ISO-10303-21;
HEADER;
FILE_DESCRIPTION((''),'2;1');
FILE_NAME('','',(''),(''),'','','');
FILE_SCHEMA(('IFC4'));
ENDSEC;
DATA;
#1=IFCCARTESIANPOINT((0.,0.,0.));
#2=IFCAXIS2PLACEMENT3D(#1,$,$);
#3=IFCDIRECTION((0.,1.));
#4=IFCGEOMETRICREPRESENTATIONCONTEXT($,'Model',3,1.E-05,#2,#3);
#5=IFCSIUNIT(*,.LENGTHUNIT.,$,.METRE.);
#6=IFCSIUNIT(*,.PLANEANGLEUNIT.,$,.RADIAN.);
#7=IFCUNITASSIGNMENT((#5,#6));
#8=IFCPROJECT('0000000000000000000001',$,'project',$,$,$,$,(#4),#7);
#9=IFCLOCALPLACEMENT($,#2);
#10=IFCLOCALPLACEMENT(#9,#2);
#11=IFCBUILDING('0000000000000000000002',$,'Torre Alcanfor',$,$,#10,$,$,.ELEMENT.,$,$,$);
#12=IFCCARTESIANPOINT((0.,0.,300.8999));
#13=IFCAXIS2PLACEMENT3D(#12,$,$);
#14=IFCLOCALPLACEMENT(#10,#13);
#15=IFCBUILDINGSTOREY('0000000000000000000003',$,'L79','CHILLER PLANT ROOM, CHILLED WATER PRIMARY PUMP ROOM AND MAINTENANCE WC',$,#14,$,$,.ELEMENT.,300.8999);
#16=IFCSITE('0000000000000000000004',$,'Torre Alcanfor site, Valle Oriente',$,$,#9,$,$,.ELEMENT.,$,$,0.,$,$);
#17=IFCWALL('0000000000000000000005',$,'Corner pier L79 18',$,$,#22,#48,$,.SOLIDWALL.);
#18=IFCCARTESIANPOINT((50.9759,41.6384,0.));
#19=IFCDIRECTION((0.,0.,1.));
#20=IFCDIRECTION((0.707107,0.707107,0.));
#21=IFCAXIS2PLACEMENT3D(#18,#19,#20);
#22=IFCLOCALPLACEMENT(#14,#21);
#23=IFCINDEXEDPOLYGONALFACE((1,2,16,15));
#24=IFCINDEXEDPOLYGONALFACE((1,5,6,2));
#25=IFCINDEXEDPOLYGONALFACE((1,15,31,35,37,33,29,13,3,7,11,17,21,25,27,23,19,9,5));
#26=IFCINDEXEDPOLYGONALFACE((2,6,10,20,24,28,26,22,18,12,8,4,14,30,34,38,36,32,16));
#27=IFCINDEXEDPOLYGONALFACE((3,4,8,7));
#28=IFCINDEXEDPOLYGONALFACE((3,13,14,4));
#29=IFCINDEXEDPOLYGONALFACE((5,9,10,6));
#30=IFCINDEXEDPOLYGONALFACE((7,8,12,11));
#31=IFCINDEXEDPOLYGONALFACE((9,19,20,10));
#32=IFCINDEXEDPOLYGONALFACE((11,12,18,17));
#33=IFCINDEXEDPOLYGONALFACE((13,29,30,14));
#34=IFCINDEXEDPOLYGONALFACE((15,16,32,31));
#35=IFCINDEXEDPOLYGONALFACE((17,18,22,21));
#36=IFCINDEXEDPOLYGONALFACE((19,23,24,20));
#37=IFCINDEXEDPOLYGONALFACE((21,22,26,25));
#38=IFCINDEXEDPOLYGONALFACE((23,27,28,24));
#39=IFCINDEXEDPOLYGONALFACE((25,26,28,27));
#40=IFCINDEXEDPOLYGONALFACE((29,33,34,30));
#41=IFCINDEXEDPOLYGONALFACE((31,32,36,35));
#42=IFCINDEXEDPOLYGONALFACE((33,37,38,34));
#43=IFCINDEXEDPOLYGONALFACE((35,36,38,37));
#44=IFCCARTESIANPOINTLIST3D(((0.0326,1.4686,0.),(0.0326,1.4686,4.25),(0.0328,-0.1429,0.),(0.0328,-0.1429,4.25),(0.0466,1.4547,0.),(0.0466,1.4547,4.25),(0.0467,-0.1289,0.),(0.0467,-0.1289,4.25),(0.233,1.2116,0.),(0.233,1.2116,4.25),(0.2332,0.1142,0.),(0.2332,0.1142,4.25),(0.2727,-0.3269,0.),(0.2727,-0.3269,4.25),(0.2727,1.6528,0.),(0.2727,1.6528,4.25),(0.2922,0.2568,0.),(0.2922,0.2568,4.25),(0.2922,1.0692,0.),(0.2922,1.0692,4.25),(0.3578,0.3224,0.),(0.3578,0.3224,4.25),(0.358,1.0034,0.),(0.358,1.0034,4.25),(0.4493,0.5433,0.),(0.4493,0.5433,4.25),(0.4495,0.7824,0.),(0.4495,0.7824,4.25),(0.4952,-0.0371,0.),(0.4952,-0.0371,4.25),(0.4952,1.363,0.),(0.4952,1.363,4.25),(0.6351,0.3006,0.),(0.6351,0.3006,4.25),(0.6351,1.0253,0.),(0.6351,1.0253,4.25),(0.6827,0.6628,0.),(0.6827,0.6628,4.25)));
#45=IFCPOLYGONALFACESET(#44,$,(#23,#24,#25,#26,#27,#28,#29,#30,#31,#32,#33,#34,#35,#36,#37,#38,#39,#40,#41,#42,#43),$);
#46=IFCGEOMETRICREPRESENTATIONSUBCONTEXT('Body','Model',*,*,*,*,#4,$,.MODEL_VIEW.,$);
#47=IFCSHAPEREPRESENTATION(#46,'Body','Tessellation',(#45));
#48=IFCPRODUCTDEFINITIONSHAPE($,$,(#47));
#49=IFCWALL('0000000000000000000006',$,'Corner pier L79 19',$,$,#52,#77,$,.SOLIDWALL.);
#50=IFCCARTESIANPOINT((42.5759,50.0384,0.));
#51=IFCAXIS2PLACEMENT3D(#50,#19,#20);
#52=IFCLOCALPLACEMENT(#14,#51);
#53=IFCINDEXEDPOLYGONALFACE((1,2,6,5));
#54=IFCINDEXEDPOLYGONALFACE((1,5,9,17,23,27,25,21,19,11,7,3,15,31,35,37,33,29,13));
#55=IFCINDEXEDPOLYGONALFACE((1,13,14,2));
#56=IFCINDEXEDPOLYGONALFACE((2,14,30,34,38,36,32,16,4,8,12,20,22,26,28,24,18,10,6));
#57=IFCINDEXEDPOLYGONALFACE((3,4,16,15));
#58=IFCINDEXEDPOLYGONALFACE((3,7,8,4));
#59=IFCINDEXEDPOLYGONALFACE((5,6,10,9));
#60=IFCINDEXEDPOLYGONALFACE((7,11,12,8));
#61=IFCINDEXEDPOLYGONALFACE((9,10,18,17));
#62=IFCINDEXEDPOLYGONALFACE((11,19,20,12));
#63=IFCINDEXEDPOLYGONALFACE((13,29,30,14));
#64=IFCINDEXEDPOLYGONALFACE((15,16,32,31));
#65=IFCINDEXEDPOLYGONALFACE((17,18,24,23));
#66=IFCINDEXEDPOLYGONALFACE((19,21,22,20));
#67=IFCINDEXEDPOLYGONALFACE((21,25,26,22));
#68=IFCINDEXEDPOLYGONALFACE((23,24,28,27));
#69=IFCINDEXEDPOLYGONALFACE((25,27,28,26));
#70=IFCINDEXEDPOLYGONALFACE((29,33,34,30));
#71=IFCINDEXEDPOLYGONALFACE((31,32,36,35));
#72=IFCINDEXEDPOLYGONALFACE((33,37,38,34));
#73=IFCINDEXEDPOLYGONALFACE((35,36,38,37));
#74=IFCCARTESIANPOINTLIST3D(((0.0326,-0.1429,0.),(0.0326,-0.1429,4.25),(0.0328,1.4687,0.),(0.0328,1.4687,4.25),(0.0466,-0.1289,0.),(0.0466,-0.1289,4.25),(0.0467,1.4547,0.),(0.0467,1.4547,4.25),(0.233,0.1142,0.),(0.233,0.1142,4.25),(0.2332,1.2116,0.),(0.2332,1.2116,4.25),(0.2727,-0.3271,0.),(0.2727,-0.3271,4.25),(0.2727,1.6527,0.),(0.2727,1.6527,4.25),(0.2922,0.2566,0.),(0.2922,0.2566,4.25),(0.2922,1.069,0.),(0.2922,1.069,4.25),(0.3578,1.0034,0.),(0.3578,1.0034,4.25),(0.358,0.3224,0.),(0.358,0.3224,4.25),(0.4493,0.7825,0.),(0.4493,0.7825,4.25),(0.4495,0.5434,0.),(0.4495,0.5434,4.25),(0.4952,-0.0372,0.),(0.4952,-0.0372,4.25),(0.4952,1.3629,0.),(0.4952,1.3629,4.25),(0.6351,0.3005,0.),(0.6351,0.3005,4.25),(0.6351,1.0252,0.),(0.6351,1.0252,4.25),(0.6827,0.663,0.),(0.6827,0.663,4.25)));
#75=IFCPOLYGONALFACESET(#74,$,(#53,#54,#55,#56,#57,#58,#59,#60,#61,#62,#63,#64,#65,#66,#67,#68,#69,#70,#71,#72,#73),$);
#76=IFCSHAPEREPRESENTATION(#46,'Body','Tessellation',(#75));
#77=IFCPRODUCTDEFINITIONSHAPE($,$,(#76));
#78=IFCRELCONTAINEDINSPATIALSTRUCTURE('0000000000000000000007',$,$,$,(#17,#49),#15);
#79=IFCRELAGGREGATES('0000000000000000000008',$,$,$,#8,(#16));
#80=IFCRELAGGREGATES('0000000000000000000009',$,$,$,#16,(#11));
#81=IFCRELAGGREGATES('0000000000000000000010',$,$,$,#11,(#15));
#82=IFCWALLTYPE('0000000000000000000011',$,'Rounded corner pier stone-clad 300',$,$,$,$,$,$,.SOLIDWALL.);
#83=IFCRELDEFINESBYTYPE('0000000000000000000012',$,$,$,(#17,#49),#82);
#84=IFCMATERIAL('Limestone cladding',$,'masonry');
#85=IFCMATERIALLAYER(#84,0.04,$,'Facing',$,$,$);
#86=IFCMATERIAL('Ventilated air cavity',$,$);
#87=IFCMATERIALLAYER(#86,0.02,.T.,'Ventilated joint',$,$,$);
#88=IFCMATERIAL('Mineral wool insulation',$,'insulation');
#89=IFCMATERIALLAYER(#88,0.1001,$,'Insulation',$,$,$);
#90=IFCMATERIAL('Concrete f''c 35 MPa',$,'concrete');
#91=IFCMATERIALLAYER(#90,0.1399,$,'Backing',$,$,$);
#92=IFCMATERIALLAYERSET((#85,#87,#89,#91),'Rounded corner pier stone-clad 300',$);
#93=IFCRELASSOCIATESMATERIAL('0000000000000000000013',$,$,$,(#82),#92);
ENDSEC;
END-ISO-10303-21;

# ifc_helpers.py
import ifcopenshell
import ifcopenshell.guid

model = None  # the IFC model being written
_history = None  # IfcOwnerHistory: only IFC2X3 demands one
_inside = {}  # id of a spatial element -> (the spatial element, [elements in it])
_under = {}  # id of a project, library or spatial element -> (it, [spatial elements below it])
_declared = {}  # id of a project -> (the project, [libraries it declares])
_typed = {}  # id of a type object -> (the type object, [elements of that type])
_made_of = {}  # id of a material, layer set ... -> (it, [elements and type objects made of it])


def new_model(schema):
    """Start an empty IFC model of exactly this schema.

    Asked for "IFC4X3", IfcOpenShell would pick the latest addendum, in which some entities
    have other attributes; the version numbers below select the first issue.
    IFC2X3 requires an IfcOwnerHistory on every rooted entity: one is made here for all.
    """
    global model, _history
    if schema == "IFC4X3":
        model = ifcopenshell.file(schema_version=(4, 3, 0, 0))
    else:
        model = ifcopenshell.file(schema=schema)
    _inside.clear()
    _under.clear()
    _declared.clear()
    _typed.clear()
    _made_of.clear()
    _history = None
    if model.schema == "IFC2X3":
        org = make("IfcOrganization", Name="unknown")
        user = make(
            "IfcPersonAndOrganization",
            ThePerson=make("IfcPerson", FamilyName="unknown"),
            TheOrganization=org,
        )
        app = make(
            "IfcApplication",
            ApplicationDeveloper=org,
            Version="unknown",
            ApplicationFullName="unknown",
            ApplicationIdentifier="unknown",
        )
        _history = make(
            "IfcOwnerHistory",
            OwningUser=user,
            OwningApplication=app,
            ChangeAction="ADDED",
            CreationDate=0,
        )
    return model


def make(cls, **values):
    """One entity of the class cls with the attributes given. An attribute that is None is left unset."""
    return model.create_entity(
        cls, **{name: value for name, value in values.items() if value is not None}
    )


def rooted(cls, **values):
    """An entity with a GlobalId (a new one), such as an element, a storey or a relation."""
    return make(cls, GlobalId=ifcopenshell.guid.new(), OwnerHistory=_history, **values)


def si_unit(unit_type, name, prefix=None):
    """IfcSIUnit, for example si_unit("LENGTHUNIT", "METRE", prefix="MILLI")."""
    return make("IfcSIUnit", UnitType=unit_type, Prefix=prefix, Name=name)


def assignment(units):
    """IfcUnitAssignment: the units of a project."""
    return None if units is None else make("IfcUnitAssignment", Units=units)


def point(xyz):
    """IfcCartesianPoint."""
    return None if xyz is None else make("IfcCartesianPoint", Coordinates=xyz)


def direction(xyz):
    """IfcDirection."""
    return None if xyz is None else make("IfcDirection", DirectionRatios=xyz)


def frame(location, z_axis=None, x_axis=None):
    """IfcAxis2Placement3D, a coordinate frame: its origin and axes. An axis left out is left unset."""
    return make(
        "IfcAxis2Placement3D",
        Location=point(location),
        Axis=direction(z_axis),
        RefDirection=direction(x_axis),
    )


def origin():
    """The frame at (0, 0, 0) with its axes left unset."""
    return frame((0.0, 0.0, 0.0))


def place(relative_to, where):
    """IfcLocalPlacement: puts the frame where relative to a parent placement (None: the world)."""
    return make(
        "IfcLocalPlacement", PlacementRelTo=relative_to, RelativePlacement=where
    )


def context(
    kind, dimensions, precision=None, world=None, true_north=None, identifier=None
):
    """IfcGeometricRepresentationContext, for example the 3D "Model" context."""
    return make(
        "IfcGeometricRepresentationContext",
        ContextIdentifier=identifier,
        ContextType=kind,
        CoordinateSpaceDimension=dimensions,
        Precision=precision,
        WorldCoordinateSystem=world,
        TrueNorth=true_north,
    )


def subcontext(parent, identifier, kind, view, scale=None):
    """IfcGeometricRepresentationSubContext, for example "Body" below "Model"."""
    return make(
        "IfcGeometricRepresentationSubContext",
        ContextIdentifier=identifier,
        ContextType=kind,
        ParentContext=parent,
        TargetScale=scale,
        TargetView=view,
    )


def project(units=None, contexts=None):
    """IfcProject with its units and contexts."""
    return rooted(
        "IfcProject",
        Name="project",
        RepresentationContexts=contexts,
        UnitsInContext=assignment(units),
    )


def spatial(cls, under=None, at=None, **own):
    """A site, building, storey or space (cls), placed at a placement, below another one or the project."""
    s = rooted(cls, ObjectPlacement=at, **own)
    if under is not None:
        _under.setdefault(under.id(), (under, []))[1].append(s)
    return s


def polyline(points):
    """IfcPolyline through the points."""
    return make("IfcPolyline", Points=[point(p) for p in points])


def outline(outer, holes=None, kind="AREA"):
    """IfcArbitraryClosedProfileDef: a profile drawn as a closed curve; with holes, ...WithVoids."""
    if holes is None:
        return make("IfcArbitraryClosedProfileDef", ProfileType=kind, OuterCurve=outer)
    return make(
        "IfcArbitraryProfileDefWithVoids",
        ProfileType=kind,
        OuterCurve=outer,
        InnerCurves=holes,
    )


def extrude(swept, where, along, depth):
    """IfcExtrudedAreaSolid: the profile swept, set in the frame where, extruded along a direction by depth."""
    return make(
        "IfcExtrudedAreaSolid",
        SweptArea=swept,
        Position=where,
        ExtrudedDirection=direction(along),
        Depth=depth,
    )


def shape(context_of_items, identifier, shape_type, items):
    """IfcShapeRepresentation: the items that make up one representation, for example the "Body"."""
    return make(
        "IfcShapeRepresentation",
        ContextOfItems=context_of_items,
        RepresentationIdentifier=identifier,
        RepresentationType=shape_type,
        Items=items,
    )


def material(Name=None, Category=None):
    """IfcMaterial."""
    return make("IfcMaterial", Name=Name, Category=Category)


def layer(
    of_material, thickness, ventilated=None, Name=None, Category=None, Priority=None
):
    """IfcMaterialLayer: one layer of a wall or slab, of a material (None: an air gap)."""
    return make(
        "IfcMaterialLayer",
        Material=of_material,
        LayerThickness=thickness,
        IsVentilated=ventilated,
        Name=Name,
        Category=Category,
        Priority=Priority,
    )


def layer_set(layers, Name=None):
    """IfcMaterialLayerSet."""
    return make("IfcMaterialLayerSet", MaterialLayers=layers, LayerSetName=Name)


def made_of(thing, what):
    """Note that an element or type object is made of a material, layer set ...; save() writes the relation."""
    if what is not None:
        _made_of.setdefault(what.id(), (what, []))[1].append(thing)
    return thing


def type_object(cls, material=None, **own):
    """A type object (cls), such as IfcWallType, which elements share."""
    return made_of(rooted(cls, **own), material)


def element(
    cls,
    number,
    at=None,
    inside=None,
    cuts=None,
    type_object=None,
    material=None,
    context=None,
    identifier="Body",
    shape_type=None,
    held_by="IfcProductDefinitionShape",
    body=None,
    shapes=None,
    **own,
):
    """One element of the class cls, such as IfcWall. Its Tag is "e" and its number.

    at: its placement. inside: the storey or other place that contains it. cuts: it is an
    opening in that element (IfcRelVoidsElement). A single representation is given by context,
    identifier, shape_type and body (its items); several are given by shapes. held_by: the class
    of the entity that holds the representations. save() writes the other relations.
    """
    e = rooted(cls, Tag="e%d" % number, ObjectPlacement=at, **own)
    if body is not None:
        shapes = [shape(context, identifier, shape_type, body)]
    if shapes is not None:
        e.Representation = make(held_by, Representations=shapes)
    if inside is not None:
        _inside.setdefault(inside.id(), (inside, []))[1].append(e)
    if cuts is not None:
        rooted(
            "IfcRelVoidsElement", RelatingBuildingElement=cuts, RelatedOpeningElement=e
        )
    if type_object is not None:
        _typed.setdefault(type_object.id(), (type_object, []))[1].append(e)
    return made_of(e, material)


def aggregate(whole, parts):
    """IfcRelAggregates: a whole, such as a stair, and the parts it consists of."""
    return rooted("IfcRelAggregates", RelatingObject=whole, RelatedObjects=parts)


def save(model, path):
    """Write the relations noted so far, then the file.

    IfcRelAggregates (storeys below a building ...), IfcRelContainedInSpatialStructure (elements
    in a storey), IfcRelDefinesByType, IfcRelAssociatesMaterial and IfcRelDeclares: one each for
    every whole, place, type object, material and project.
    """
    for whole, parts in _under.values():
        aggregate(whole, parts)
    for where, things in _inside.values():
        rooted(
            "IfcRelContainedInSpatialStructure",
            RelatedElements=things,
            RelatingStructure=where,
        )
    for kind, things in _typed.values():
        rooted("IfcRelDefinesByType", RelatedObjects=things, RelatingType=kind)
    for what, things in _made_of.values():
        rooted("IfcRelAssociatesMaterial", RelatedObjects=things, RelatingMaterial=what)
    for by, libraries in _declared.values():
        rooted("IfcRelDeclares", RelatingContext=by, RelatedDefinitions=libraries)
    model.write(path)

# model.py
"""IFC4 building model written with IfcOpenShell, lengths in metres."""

from ifc_helpers import new_model, si_unit, direction, frame, origin, place, context, subcontext, project, spatial, polyline, outline, extrude, material, layer, layer_set, type_object, element, save


model = new_model("IFC4")

# Units and contexts
model_context = context("Model", 3, precision=1e-05, world=origin(), true_north=direction((0.0, 1.0)))
body_context = subcontext(model_context, "Body", "Model", "MODEL_VIEW")
ifc_project = project(units=[si_unit("LENGTHUNIT", "METRE"), si_unit("PLANEANGLEUNIT", "RADIAN")], contexts=[model_context])

# Site, building, storey
site_placement = place(None, origin())
site = spatial("IfcSite", under=ifc_project, at=site_placement, Name="Torre Alcanfor site, Valle Oriente", CompositionType="ELEMENT", RefElevation=0.0)
building_placement = place(site_placement, origin())
building = spatial("IfcBuilding", under=site, at=building_placement, Name="Torre Alcanfor", CompositionType="ELEMENT")
storey_placement = place(building_placement, frame((0.0, 0.0, 300.8999)))
storey = spatial("IfcBuildingStorey", under=building, at=storey_placement, Name="L79", Description="CHILLER PLANT ROOM, CHILLED WATER PRIMARY PUMP ROOM AND MAINTENANCE WC", CompositionType="ELEMENT", Elevation=300.8999)

# Shared definitions
ifc_material_1 = material(Name="Limestone cladding", Category="masonry")
ifc_material_2 = material(Name="Ventilated air cavity")
ifc_material_3 = material(Name="Mineral wool insulation", Category="insulation")
ifc_material_4 = material(Name="Concrete f'c 35 MPa", Category="concrete")

# Walls
ifc_layer_1 = layer(ifc_material_1, 0.04, Name="Facing")
ifc_layer_2 = layer(ifc_material_2, 0.02, ventilated=True, Name="Ventilated joint")
ifc_layer_3 = layer(ifc_material_3, 0.1001, Name="Insulation")
ifc_layer_4 = layer(ifc_material_4, 0.1399, Name="Backing")
ifc_layer_set_1 = layer_set([ifc_layer_1, ifc_layer_2, ifc_layer_3, ifc_layer_4], Name="Rounded corner pier stone-clad 300")
wall_type_1 = type_object("IfcWallType", Name="Rounded corner pier stone-clad 300", PredefinedType="SOLIDWALL", material=ifc_layer_set_1)
wall_1_placement = place(storey_placement, frame((50.9759, 41.6384, 0.0), z_axis=(0.0, 0.0, 1.0), x_axis=(0.707107, 0.707107, 0.0)))
element("IfcWall", 1, at=wall_1_placement, inside=storey, type_object=wall_type_1, Name="Corner pier L79 18", PredefinedType="SOLIDWALL", context=body_context, shape_type="SweptSolid", body=[
    extrude(outline(polyline([(0.2332, 0.1142), (0.0467, -0.1289), (0.0328, -0.1429), (0.2727, -0.3269), (0.4952, -0.0371), (0.6351, 0.3006), (0.6827, 0.6628), (0.6351, 1.0253), (0.4952, 1.363), (0.2727, 1.6528), (0.0326, 1.4686), (0.0466, 1.4547), (0.233, 1.2116), (0.2922, 1.0692), (0.358, 1.0034), (0.4495, 0.7824), (0.4493, 0.5433), (0.3578, 0.3224), (0.2922, 0.2568), (0.2332, 0.1142)])), origin(), (0.0, 0.0, 1.0), 4.25),
])
wall_2_placement = place(storey_placement, frame((42.5759, 50.0384, 0.0), z_axis=(0.0, 0.0, 1.0), x_axis=(0.707107, 0.707107, 0.0)))
element("IfcWall", 2, at=wall_2_placement, inside=storey, type_object=wall_type_1, Name="Corner pier L79 19", PredefinedType="SOLIDWALL", context=body_context, shape_type="SweptSolid", body=[
    extrude(outline(polyline([(0.233, 0.1142), (0.0466, -0.1289), (0.0326, -0.1429), (0.2727, -0.3271), (0.4952, -0.0372), (0.6351, 0.3005), (0.6827, 0.663), (0.6351, 1.0252), (0.4952, 1.3629), (0.2727, 1.6527), (0.0328, 1.4687), (0.0467, 1.4547), (0.2332, 1.2116), (0.2922, 1.069), (0.3578, 1.0034), (0.4493, 0.7825), (0.4495, 0.5434), (0.358, 0.3224), (0.2922, 0.2566), (0.233, 0.1142)])), origin(), (0.0, 0.0, 1.0), 4.25),
])

save(model, "model.ifc")
